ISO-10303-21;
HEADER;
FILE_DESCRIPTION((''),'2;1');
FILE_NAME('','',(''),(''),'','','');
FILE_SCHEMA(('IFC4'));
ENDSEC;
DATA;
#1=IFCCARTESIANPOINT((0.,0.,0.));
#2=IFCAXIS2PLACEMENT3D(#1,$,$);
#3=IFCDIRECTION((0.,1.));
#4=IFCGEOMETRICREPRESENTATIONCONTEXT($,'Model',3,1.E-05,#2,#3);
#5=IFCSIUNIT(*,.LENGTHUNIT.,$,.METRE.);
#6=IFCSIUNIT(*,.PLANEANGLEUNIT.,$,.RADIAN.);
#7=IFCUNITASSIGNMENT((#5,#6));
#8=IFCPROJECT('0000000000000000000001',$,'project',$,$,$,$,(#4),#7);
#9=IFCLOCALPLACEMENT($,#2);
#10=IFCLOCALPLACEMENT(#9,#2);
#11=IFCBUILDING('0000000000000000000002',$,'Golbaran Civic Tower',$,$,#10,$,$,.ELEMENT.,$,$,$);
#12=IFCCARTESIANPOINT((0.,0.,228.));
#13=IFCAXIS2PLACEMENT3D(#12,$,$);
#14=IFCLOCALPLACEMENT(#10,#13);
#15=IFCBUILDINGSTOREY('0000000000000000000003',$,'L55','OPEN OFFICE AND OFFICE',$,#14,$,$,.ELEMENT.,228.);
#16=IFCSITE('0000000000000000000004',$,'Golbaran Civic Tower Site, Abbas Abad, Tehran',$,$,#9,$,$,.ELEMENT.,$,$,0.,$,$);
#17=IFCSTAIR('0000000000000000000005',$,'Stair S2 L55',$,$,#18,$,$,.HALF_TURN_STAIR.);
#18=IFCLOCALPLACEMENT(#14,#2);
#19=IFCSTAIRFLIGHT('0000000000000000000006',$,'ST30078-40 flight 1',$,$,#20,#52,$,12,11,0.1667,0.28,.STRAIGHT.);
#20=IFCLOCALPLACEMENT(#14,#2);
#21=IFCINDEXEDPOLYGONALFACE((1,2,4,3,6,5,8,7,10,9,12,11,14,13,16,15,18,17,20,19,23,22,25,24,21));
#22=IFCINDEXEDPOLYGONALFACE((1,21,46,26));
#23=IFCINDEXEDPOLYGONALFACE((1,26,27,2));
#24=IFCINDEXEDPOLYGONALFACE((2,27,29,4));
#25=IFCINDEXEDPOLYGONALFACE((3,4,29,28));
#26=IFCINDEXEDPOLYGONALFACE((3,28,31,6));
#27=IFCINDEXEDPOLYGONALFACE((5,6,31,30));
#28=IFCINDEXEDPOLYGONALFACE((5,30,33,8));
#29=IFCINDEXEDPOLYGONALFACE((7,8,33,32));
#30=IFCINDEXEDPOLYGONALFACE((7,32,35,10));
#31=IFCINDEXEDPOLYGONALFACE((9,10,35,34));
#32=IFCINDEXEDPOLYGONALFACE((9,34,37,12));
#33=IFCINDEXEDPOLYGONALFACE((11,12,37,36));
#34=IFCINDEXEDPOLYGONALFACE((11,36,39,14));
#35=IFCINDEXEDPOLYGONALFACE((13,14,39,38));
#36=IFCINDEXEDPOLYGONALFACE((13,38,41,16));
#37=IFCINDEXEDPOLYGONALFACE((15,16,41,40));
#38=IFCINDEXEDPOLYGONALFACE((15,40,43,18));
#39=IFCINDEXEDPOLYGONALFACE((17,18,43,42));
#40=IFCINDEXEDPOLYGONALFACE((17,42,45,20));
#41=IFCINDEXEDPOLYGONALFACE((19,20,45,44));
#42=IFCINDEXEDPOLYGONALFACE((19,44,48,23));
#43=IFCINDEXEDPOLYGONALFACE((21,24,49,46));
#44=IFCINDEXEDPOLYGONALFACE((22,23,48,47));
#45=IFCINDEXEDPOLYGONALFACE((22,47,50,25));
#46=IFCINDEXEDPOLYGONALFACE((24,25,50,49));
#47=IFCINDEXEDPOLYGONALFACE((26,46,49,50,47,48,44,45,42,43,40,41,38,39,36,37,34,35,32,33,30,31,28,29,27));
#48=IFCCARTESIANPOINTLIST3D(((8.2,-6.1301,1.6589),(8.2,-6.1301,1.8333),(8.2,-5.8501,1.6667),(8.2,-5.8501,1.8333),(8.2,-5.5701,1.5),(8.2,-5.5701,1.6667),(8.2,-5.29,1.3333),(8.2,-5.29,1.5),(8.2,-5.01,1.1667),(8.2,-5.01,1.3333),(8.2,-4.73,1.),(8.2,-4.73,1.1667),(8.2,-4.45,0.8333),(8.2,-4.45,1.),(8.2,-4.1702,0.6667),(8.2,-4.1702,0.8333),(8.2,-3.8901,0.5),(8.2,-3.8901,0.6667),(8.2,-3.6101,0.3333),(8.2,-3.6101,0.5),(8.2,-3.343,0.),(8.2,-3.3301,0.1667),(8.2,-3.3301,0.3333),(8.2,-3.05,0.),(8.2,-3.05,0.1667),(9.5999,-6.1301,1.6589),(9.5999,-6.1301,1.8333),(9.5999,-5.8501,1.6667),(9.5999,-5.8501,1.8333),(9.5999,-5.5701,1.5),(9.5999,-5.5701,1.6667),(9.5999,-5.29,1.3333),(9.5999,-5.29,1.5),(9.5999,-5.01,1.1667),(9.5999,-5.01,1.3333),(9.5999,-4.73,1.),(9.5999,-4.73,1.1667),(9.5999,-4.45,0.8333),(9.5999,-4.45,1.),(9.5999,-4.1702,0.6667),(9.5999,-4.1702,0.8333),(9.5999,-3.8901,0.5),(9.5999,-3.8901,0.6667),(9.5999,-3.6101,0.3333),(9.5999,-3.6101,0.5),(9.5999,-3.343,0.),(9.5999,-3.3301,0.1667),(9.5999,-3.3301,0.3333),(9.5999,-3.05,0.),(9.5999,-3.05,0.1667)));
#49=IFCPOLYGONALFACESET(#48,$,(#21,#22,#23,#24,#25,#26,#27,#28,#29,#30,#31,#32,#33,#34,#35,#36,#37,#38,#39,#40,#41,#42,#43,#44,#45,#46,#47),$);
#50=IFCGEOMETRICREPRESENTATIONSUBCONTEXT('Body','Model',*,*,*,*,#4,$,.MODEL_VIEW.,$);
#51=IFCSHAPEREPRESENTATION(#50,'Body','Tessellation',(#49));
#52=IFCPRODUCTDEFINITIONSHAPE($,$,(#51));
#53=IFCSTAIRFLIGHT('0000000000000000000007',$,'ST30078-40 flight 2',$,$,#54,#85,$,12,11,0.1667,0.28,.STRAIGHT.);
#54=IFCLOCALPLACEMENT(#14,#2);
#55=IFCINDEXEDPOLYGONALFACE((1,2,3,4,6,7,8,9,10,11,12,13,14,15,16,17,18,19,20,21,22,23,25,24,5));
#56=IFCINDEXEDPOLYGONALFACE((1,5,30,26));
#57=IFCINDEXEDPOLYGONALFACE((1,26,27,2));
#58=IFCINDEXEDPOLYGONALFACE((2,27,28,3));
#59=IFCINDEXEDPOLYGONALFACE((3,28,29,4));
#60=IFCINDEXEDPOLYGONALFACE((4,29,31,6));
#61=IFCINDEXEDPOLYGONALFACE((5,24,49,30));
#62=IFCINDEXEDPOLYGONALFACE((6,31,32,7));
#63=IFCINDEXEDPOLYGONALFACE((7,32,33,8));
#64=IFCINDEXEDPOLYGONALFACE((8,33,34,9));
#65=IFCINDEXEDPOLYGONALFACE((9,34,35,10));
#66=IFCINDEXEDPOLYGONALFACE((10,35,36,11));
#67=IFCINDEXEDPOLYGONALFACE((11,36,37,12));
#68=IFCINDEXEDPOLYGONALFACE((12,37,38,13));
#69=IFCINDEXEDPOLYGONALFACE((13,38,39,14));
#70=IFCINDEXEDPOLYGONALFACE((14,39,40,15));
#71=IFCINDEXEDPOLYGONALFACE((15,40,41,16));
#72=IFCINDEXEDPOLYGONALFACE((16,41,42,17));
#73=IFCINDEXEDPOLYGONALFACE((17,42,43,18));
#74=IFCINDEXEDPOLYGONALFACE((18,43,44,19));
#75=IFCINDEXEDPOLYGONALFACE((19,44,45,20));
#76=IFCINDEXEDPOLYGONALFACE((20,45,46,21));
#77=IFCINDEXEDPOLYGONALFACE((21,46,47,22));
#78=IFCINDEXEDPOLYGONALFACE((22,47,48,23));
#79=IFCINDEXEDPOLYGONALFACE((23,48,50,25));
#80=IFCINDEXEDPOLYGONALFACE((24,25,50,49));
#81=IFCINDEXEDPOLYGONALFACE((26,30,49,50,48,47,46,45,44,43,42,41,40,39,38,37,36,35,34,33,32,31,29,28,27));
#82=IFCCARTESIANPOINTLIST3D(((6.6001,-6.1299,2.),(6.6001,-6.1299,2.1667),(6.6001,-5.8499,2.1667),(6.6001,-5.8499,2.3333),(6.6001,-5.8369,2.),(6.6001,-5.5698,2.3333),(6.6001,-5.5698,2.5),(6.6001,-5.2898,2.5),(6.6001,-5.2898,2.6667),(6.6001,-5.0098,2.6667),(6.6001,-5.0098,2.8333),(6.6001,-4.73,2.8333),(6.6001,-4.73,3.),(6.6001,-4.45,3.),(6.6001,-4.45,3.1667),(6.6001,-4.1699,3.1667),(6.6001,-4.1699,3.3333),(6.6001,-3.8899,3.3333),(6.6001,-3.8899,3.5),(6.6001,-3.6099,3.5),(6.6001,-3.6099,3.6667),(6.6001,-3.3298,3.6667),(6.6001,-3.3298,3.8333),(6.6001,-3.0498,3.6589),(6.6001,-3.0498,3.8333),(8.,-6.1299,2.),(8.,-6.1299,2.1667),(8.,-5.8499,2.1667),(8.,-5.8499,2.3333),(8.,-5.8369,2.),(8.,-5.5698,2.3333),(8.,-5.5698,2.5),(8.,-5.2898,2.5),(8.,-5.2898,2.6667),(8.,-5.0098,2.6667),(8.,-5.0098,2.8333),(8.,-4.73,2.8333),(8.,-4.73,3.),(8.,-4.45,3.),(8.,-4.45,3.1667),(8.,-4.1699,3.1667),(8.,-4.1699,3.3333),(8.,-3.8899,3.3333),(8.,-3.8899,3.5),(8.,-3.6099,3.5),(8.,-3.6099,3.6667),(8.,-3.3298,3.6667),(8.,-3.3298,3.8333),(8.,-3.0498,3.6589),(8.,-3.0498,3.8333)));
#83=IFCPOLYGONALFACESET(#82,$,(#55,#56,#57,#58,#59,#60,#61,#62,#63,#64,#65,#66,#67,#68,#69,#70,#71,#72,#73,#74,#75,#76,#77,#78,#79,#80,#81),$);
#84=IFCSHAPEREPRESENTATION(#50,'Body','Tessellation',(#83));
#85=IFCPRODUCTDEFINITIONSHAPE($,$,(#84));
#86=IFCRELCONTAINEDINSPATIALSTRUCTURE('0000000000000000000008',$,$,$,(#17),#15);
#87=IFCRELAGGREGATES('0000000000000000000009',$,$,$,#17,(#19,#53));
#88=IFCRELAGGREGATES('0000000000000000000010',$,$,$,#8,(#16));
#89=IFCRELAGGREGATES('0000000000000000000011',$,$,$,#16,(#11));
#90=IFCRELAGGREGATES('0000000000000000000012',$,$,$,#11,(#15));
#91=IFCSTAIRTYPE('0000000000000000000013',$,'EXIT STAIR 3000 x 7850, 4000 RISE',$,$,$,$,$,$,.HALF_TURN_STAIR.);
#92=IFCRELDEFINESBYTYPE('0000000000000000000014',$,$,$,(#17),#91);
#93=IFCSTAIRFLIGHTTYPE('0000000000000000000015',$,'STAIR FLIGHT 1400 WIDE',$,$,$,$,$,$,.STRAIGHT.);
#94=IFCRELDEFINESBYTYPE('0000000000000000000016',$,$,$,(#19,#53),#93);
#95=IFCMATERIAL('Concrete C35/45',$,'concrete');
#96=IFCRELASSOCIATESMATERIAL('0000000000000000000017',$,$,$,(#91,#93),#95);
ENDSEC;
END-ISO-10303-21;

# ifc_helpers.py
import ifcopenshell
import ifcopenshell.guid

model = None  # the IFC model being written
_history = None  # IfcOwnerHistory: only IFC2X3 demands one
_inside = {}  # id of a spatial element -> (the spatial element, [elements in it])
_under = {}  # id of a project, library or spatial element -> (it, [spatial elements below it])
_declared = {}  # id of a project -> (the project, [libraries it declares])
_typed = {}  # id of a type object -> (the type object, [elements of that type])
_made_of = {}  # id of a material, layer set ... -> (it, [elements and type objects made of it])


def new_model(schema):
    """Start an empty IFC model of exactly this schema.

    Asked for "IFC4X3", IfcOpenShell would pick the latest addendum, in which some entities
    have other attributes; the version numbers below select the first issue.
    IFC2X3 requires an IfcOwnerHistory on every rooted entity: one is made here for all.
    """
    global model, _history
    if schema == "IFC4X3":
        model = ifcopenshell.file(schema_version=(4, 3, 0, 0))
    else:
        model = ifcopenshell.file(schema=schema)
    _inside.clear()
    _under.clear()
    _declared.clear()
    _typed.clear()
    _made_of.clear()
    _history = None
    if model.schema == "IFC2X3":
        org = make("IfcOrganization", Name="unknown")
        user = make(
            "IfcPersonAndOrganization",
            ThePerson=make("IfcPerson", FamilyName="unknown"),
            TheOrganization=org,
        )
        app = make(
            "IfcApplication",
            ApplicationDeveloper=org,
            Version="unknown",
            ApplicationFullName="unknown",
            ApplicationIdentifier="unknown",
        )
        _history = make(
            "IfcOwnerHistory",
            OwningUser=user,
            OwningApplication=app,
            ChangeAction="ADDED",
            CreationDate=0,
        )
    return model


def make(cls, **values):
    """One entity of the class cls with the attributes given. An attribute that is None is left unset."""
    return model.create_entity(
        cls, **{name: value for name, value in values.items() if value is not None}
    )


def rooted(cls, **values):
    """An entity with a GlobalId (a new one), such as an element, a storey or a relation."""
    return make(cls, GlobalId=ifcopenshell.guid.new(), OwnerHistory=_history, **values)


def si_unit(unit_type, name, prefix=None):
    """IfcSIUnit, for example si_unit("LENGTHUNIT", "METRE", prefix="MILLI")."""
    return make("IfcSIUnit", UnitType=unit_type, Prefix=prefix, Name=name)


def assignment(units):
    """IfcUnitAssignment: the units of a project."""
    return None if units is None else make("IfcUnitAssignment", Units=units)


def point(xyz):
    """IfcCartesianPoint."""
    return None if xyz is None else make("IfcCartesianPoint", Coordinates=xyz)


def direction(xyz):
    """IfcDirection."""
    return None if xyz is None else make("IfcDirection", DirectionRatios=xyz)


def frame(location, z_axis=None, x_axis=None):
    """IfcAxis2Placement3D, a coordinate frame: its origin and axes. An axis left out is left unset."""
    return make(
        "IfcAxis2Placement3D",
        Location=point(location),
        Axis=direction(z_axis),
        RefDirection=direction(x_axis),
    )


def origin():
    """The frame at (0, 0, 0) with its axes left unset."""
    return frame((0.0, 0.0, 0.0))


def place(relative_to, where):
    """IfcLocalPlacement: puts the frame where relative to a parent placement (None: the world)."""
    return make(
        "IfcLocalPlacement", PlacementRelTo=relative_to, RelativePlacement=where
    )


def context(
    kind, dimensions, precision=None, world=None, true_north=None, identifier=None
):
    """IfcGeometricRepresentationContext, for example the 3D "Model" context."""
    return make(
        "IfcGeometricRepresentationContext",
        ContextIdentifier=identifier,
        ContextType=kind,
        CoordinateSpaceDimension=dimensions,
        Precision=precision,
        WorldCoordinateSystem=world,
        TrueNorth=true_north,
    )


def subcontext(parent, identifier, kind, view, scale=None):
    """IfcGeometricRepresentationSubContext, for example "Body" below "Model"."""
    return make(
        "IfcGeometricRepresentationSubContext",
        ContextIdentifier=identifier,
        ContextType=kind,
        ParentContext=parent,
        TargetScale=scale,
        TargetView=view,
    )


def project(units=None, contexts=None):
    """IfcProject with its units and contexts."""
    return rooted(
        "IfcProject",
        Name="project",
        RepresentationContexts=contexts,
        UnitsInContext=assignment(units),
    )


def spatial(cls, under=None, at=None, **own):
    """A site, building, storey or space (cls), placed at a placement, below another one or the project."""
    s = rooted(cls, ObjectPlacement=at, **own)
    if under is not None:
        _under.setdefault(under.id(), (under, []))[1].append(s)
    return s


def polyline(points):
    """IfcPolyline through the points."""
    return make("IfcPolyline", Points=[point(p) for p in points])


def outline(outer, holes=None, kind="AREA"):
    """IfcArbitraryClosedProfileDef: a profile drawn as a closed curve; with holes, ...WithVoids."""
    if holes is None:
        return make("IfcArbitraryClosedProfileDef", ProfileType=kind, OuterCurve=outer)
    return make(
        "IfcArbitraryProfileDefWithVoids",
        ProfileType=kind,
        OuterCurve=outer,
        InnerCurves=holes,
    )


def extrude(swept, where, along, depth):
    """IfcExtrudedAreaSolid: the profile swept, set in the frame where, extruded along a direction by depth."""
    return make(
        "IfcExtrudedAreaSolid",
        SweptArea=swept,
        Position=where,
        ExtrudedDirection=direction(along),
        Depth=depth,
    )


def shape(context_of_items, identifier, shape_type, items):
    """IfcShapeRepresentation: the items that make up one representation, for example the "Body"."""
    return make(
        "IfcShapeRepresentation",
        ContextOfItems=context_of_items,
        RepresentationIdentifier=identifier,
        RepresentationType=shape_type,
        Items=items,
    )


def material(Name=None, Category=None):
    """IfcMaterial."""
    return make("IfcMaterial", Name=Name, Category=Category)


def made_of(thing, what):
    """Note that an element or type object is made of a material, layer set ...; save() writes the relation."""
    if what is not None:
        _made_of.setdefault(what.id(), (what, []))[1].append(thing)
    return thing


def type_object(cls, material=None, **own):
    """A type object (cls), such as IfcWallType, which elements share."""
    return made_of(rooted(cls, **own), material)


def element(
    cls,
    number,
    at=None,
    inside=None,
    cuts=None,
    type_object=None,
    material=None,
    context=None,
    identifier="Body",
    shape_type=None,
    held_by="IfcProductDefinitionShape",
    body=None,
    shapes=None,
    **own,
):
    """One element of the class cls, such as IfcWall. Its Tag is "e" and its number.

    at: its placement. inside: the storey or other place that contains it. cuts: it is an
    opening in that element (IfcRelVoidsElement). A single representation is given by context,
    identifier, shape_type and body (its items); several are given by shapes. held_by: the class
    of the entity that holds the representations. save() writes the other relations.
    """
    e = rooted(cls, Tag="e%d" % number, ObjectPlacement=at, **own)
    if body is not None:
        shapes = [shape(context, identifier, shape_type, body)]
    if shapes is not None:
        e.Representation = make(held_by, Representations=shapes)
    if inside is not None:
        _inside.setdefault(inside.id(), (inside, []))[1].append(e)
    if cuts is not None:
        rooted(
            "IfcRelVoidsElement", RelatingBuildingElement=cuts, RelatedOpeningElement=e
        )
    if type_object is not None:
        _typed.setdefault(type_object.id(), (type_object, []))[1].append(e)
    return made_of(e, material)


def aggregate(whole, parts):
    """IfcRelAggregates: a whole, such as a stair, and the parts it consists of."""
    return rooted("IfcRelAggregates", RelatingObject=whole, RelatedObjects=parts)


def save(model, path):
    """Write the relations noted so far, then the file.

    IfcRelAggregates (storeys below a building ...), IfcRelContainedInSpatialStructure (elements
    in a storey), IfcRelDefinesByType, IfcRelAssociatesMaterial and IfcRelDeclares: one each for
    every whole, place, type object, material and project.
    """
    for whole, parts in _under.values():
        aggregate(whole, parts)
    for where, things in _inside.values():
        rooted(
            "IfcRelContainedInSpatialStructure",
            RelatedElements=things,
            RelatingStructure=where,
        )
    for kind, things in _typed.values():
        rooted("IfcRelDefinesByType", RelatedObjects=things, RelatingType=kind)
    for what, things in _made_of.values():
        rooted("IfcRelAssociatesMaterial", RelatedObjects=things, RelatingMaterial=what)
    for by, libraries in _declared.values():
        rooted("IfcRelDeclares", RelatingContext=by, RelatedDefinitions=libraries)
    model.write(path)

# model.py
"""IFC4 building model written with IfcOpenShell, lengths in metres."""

from ifc_helpers import new_model, si_unit, direction, frame, origin, place, context, subcontext, project, spatial, polyline, outline, extrude, material, type_object, element, aggregate, save


model = new_model("IFC4")

# Units and contexts
model_context = context("Model", 3, precision=1e-05, world=origin(), true_north=direction((0.0, 1.0)))
body_context = subcontext(model_context, "Body", "Model", "MODEL_VIEW")
ifc_project = project(units=[si_unit("LENGTHUNIT", "METRE"), si_unit("PLANEANGLEUNIT", "RADIAN")], contexts=[model_context])

# Site, building, storey
site_placement = place(None, origin())
site = spatial("IfcSite", under=ifc_project, at=site_placement, Name="Golbaran Civic Tower Site, Abbas Abad, Tehran", CompositionType="ELEMENT", RefElevation=0.0)
building_placement = place(site_placement, origin())
building = spatial("IfcBuilding", under=site, at=building_placement, Name="Golbaran Civic Tower", CompositionType="ELEMENT")
storey_placement = place(building_placement, frame((0.0, 0.0, 228.0)))
storey = spatial("IfcBuildingStorey", under=building, at=storey_placement, Name="L55", Description="OPEN OFFICE AND OFFICE", CompositionType="ELEMENT", Elevation=228.0)

# Stair, stair flights
ifc_material_1 = material(Name="Concrete C35/45", Category="concrete")
stair_type = type_object("IfcStairType", Name="EXIT STAIR 3000 x 7850, 4000 RISE", PredefinedType="HALF_TURN_STAIR", material=ifc_material_1)
stair_placement = place(storey_placement, origin())
stair = element("IfcStair", 1, at=stair_placement, inside=storey, type_object=stair_type, Name="Stair S2 L55", PredefinedType="HALF_TURN_STAIR")
stair_flight_type = type_object("IfcStairFlightType", Name="STAIR FLIGHT 1400 WIDE", PredefinedType="STRAIGHT", material=ifc_material_1)
stair_flight_1_placement = place(storey_placement, frame((8.8999, -3.05, 0.0), z_axis=(0.0, 0.0, 1.0), x_axis=(0.0, -1.0, 0.0)))
stair_flight_1 = element("IfcStairFlight", 2, at=stair_flight_1_placement, type_object=stair_flight_type, Name="ST30078-40 flight 1", NumberOfRisers=12, NumberOfTreads=11, PredefinedType="STRAIGHT", RiserHeight=0.1667, TreadLength=0.28, context=body_context, shape_type="SweptSolid", body=[
    extrude(outline(polyline([(0.0, 0.0), (0.0, 0.1667), (0.28, 0.1667), (0.28, 0.3333), (0.5601, 0.3333), (0.5601, 0.5), (0.8401, 0.5), (0.8401, 0.6667), (1.1201, 0.6667), (1.1201, 0.8333), (1.3999, 0.8333), (1.3999, 1.0), (1.6799, 1.0), (1.6799, 1.1667), (1.96, 1.1667), (1.96, 1.3333), (2.24, 1.3333), (2.24, 1.5), (2.52, 1.5), (2.52, 1.6667), (2.8, 1.6667), (2.8, 1.8333), (3.0801, 1.8333), (3.0801, 2.0), (3.0801, 1.6589), (0.293, 0.0), (0.0, 0.0)])), frame((0.0, 0.7, 0.0), z_axis=(0.0, -1.0, 0.0), x_axis=(1.0, 0.0, 0.0)), (0.0, 0.0, 1.0), 1.3999),
])
stair_flight_2_placement = place(storey_placement, frame((7.3, -6.1299, 2.0), z_axis=(0.0, 0.0, 1.0), x_axis=(0.0, 1.0, 0.0)))
stair_flight_2 = element("IfcStairFlight", 3, at=stair_flight_2_placement, type_object=stair_flight_type, Name="ST30078-40 flight 2", NumberOfRisers=12, NumberOfTreads=11, PredefinedType="STRAIGHT", RiserHeight=0.1667, TreadLength=0.28, context=body_context, shape_type="SweptSolid", body=[
    extrude(outline(polyline([(0.0, 0.0), (0.0, 0.1667), (0.28, 0.1667), (0.28, 0.3333), (0.5601, 0.3333), (0.5601, 0.5), (0.8401, 0.5), (0.8401, 0.6667), (1.1201, 0.6667), (1.1201, 0.8333), (1.3999, 0.8333), (1.3999, 1.0), (1.6799, 1.0), (1.6799, 1.1667), (1.96, 1.1667), (1.96, 1.3333), (2.24, 1.3333), (2.24, 1.5), (2.52, 1.5), (2.52, 1.6667), (2.8, 1.6667), (2.8, 1.8333), (3.0801, 1.8333), (3.0801, 2.0), (3.0801, 1.6589), (0.293, 0.0), (0.0, 0.0)])), frame((0.0, 0.7, 0.0), z_axis=(0.0, -1.0, 0.0), x_axis=(1.0, 0.0, 0.0)), (0.0, 0.0, 1.0), 1.3999),
])
aggregate(stair, [stair_flight_1, stair_flight_2])

save(model, "model.ifc")
